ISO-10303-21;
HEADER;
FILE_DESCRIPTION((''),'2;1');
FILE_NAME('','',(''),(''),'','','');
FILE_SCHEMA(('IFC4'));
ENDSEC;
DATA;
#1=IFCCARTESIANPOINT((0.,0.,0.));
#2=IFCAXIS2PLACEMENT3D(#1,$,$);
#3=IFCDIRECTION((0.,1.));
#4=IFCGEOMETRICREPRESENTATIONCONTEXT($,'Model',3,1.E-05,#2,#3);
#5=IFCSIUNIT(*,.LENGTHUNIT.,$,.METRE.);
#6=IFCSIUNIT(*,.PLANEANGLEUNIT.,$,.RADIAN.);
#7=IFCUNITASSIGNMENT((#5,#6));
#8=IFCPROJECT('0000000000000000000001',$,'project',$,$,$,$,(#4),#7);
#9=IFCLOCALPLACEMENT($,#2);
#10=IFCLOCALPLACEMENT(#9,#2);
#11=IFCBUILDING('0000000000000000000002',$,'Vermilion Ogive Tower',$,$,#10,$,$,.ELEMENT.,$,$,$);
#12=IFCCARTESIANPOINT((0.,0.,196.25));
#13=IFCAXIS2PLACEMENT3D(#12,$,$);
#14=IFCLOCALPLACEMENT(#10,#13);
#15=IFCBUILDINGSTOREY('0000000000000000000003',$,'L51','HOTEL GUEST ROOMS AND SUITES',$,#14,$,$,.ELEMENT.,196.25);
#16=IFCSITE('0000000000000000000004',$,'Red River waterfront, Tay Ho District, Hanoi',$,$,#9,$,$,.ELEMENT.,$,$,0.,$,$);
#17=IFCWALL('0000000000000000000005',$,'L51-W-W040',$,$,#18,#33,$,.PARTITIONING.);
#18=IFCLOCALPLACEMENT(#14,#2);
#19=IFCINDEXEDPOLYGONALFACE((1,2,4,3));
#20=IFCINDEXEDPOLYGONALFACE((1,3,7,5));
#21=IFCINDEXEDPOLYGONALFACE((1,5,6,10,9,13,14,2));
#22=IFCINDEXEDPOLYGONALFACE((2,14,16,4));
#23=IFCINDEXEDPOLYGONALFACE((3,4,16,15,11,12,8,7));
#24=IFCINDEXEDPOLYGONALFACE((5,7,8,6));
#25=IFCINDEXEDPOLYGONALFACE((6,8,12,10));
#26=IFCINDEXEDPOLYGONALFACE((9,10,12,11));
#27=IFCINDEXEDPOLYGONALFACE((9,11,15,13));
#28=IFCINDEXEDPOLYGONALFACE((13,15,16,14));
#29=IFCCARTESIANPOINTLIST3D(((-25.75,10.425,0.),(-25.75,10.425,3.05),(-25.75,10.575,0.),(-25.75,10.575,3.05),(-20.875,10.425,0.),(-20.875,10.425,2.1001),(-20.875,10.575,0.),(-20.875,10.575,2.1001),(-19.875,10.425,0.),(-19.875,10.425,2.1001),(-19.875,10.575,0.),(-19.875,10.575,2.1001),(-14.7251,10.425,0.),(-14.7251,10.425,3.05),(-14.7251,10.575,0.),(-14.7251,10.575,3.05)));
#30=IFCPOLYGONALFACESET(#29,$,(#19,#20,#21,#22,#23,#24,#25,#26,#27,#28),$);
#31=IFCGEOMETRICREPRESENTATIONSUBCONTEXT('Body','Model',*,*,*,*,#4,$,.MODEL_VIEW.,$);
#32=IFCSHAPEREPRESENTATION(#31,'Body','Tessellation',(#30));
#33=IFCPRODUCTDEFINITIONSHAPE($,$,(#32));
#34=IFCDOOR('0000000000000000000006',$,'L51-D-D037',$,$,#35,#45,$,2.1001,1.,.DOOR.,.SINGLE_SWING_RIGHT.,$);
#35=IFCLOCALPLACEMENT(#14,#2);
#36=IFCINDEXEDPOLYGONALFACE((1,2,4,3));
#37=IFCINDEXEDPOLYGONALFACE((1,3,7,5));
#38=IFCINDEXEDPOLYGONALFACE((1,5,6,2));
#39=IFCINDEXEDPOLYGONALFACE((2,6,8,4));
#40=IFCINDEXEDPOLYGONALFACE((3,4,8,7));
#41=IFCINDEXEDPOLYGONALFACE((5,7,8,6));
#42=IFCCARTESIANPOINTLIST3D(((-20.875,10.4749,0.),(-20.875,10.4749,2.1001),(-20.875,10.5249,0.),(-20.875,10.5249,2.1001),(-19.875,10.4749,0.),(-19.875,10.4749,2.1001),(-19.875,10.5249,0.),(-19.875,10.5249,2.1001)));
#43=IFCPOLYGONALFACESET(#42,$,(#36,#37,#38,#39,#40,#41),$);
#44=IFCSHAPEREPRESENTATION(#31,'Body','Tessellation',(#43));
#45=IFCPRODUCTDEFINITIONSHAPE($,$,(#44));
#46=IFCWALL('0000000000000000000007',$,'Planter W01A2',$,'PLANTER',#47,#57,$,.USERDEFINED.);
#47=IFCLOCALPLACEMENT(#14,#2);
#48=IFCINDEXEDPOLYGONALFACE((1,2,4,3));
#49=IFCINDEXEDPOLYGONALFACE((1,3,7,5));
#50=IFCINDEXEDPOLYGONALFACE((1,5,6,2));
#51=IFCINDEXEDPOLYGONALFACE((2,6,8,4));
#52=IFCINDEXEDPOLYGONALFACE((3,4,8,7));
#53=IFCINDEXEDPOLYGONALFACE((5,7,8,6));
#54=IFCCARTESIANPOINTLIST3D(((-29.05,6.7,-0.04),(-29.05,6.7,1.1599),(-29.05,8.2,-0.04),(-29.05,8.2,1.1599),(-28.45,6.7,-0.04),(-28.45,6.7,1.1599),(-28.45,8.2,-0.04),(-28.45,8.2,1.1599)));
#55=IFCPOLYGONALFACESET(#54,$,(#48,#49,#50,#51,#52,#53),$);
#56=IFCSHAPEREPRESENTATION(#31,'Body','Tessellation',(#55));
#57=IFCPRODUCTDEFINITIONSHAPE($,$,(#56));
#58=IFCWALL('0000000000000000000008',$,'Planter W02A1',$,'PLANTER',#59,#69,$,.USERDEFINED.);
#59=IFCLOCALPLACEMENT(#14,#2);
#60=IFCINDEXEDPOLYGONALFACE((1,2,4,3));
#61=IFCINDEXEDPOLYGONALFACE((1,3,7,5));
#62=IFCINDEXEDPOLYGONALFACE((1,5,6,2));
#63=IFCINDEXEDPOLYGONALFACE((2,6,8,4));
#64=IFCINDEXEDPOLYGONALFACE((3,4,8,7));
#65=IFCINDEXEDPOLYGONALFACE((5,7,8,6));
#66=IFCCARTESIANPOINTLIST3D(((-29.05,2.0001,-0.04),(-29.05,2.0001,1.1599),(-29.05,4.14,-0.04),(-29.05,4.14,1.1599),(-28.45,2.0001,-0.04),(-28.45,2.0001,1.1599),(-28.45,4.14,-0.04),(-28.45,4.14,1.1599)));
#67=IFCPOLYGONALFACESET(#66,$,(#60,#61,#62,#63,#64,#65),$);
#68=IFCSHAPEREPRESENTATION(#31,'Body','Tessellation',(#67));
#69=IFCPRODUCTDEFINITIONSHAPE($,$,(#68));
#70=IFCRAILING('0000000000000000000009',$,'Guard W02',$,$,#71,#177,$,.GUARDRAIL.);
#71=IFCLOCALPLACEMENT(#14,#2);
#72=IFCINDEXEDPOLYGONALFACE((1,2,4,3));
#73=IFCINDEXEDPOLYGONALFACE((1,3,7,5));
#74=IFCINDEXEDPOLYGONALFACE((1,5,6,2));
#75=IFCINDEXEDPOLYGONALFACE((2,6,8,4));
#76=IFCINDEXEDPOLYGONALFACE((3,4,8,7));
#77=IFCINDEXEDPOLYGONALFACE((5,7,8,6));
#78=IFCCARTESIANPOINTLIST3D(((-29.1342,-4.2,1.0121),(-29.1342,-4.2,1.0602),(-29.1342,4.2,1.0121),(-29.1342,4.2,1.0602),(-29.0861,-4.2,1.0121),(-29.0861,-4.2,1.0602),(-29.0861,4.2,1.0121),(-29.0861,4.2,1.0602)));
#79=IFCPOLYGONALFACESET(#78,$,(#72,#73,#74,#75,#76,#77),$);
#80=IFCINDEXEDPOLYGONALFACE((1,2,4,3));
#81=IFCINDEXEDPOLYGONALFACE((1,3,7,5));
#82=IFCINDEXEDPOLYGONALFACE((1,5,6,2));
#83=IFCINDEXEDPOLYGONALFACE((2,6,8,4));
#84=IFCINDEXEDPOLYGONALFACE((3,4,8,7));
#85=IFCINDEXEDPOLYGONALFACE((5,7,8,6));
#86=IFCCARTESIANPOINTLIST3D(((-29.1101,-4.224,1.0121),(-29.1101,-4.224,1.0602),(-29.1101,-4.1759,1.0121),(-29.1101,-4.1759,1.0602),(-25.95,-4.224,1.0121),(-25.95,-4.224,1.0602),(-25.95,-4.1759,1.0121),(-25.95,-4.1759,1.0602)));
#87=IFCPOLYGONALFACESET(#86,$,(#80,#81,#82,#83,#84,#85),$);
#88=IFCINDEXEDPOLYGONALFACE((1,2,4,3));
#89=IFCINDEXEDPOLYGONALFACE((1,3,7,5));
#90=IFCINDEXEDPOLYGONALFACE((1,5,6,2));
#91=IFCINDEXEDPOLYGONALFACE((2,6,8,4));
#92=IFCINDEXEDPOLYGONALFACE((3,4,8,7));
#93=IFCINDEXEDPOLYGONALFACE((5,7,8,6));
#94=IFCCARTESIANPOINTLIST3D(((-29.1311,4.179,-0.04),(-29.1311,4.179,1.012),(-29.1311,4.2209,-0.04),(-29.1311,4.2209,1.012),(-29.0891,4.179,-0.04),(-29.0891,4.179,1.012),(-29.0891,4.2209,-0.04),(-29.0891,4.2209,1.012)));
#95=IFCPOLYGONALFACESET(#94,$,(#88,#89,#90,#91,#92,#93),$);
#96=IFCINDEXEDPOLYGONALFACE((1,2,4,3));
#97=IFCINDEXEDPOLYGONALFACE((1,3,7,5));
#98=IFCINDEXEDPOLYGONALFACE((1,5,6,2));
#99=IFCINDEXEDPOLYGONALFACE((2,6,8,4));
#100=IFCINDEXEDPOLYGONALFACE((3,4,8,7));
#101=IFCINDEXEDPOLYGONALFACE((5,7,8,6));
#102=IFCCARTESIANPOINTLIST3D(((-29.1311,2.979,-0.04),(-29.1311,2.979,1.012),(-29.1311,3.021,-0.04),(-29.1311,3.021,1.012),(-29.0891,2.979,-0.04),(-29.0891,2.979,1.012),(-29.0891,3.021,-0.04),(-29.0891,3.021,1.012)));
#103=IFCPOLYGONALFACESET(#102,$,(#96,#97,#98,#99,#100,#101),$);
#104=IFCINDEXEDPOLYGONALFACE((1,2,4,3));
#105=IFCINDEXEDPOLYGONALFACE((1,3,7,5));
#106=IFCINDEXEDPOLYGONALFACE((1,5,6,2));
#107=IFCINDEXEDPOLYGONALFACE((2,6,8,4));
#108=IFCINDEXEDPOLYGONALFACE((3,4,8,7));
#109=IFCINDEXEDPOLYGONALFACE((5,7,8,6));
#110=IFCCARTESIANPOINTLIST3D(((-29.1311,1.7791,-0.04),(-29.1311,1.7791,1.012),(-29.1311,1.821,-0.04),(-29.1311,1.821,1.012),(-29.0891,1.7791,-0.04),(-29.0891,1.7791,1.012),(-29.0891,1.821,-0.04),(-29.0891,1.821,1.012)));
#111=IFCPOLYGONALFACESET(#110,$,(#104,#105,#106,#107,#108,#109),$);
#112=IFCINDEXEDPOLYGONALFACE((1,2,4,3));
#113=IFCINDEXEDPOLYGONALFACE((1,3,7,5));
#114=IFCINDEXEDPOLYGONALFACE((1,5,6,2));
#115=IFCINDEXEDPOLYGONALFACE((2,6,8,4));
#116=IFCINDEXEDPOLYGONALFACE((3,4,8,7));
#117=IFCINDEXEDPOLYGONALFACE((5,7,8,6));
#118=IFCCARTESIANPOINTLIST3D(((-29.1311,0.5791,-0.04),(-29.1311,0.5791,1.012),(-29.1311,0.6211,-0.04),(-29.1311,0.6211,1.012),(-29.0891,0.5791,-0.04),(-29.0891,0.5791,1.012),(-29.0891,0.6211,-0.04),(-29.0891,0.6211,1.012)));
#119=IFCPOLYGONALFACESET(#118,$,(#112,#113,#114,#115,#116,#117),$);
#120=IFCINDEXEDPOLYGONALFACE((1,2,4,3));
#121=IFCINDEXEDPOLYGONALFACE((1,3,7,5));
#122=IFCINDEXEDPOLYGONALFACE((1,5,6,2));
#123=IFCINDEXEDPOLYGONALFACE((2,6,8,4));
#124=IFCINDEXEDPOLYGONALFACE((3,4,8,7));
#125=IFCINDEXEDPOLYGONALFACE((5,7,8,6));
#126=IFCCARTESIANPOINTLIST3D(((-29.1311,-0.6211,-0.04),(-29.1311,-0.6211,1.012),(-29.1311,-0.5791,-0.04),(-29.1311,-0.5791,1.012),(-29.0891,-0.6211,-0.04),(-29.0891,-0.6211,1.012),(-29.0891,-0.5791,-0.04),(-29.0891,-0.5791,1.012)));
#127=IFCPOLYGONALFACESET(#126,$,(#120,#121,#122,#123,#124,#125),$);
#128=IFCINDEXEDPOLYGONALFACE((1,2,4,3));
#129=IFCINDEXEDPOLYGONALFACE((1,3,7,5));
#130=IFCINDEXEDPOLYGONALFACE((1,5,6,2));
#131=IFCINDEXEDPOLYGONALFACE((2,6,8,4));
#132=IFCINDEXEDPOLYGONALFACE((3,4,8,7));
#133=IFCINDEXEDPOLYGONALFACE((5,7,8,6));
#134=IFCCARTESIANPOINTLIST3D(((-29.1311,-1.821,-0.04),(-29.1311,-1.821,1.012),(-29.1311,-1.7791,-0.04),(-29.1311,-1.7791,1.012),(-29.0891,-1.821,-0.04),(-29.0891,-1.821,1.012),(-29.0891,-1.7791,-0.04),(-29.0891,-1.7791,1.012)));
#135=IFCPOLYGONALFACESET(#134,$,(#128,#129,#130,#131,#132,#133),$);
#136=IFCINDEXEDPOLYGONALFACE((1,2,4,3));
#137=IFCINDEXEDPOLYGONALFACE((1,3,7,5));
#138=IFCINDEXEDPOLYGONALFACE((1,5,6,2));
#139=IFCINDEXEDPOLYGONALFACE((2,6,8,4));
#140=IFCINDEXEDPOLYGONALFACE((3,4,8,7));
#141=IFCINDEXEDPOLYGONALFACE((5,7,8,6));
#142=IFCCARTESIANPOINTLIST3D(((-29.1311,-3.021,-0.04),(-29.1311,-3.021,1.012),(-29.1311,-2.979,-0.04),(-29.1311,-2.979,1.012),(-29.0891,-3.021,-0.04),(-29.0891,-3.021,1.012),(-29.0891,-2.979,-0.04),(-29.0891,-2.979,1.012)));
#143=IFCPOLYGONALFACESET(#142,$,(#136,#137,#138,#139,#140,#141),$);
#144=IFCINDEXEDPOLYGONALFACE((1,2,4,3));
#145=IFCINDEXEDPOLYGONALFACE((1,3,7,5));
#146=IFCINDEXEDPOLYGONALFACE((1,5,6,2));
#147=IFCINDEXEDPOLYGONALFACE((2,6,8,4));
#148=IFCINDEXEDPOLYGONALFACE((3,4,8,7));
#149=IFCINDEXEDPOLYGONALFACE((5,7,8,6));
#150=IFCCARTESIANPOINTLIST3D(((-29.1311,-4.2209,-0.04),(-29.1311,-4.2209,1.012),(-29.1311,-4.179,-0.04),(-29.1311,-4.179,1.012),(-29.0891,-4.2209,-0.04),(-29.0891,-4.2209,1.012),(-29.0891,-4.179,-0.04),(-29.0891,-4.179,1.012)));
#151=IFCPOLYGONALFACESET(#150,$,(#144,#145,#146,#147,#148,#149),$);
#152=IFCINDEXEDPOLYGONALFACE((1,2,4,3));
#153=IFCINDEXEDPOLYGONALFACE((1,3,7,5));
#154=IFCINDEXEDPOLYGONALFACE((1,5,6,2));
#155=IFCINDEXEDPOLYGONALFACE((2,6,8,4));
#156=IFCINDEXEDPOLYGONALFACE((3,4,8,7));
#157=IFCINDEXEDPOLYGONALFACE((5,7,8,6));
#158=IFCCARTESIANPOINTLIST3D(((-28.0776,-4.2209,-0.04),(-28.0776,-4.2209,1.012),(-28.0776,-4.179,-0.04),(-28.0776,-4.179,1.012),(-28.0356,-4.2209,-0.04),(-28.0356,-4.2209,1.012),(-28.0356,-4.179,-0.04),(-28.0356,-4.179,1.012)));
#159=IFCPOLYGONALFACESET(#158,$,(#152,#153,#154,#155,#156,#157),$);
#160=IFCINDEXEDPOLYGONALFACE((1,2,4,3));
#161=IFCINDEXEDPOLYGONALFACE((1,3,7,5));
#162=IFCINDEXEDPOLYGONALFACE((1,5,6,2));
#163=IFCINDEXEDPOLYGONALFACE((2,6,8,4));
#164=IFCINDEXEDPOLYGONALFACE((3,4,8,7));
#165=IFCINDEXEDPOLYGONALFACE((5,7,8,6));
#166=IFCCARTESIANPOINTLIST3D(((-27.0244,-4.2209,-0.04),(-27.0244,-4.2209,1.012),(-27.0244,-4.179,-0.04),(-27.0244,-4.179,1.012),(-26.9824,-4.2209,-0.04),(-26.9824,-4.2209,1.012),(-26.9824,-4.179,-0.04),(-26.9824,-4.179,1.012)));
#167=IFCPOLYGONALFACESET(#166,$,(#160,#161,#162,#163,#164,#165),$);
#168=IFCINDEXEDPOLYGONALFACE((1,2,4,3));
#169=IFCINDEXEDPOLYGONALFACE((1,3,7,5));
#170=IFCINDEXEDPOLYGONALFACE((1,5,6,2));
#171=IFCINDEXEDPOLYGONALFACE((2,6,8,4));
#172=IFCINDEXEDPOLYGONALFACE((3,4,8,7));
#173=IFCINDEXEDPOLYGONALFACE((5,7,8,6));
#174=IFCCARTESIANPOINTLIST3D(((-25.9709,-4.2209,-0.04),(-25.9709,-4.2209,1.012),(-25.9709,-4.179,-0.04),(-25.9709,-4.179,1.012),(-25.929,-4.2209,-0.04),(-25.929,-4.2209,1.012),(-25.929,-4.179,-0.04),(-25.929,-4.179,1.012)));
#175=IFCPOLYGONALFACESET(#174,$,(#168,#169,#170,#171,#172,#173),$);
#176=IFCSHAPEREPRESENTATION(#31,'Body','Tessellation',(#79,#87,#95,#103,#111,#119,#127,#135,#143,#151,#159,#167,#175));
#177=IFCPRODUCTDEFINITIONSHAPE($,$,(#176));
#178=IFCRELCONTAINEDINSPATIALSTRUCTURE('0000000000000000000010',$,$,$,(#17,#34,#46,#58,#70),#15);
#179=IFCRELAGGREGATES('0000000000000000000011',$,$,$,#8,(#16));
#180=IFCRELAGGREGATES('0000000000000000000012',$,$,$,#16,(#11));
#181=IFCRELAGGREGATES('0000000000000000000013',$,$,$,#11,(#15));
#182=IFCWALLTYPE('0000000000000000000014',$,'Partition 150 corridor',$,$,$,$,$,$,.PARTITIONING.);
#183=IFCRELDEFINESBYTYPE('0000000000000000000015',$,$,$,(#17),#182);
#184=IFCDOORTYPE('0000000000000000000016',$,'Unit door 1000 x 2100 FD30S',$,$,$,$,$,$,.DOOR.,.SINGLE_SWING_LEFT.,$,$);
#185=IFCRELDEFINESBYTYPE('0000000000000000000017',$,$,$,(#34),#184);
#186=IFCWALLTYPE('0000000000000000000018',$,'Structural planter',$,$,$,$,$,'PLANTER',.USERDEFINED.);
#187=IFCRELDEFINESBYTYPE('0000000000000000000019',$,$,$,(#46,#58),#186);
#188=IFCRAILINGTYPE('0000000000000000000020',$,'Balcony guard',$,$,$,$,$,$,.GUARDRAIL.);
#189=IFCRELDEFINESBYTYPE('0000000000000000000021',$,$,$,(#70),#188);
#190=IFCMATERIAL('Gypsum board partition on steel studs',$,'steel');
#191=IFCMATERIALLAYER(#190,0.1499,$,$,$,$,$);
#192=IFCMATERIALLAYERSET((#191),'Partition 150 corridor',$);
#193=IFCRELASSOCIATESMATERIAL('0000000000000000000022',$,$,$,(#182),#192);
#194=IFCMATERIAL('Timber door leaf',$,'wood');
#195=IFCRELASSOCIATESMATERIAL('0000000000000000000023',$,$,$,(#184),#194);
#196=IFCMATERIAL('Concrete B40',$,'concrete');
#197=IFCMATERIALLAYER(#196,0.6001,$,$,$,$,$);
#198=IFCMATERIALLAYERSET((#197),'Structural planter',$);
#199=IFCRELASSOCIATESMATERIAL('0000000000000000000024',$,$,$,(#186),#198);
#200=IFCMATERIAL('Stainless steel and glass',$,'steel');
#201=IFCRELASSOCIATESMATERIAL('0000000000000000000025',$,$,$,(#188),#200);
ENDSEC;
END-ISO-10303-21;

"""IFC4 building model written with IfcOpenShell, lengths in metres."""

from ifc_helpers import new_model, si_unit, direction, frame, frame_2d, origin, origin_2d, place, context, subcontext, project, spatial, rectangle, extrude, material, layer, layer_set, type_object, element, fill, save


model = new_model("IFC4")

# Units and contexts
model_context = context("Model", 3, precision=1e-05, world=origin(), true_north=direction((0.0, 1.0)))
body_context = subcontext(model_context, "Body", "Model", "MODEL_VIEW")
ifc_project = project(units=[si_unit("LENGTHUNIT", "METRE"), si_unit("PLANEANGLEUNIT", "RADIAN")], contexts=[model_context])

# Site, building, storey
site_placement = place(None, origin())
site = spatial("IfcSite", under=ifc_project, at=site_placement, Name="Red River waterfront, Tay Ho District, Hanoi", CompositionType="ELEMENT", RefElevation=0.0)
building_placement = place(site_placement, origin())
building = spatial("IfcBuilding", under=site, at=building_placement, Name="Vermilion Ogive Tower", CompositionType="ELEMENT")
storey_placement = place(building_placement, frame((0.0, 0.0, 196.25)))
storey = spatial("IfcBuildingStorey", under=building, at=storey_placement, Name="L51", Description="HOTEL GUEST ROOMS AND SUITES", CompositionType="ELEMENT", Elevation=196.25)

# Wall, opening, door
ifc_material_1 = material(Name="Gypsum board partition on steel studs", Category="steel")
ifc_layer_1 = layer(ifc_material_1, 0.1499)
ifc_layer_set_1 = layer_set([ifc_layer_1], Name="Partition 150 corridor")
wall_type_1 = type_object("IfcWallType", Name="Partition 150 corridor", PredefinedType="PARTITIONING", material=ifc_layer_set_1)
ifc_material_2 = material(Name="Timber door leaf", Category="wood")
door_type_1 = type_object("IfcDoorType", Name="Unit door 1000 x 2100 FD30S", OperationType="SINGLE_SWING_LEFT", PredefinedType="DOOR", material=ifc_material_2)
wall_1_placement = place(storey_placement, frame((-25.75, 10.5, 0.0), z_axis=(0.0, 0.0, 1.0), x_axis=(1.0, 0.0, 0.0)))
wall_1 = element("IfcWall", 1, at=wall_1_placement, inside=storey, type_object=wall_type_1, Name="L51-W-W040", PredefinedType="PARTITIONING", context=body_context, shape_type="SweptSolid", body=[
    extrude(rectangle(XDim=11.0249, YDim=0.1499, at=frame_2d((5.5125, 0.0))), origin(), (0.0, 0.0, 1.0), 3.05),
])
opening_1_placement = place(wall_1_placement, frame((4.875, 0.0, 0.0)))
opening_1 = element("IfcOpeningElement", 2, at=opening_1_placement, cuts=wall_1, PredefinedType="OPENING", context=body_context, shape_type="SweptSolid", body=[
    extrude(rectangle(XDim=1.0, YDim=2.1001, at=frame_2d((0.5, 1.05))), frame((0.0, 0.085, 0.0), z_axis=(0.0, -1.0, 0.0), x_axis=(1.0, 0.0, 0.0)), (0.0, 0.0, 1.0), 0.1699),
])
door_1_placement = place(opening_1_placement, origin())
door_1 = element("IfcDoor", 3, at=door_1_placement, inside=storey, type_object=door_type_1, Name="L51-D-D037", OperationType="SINGLE_SWING_RIGHT", OverallHeight=2.1001, OverallWidth=1.0, PredefinedType="DOOR", context=body_context, shape_type="SweptSolid", body=[
    extrude(rectangle(XDim=1.0, YDim=2.1001, at=frame_2d((0.5, 1.05))), frame((0.0, 0.0249, 0.0), z_axis=(0.0, -1.0, 0.0), x_axis=(1.0, 0.0, 0.0)), (0.0, 0.0, 1.0), 0.05),
])
fill(opening_1, door_1)

# Walls
ifc_material_3 = material(Name="Concrete B40", Category="concrete")
ifc_layer_2 = layer(ifc_material_3, 0.6001)
ifc_layer_set_2 = layer_set([ifc_layer_2], Name="Structural planter")
wall_type_2 = type_object("IfcWallType", Name="Structural planter", ElementType="PLANTER", PredefinedType="USERDEFINED", material=ifc_layer_set_2)
wall_2_placement = place(storey_placement, frame((-28.75, 8.2, -0.04), z_axis=(0.0, 0.0, 1.0), x_axis=(0.0, -1.0, 0.0)))
element("IfcWall", 4, at=wall_2_placement, inside=storey, type_object=wall_type_2, Name="Planter W01A2", ObjectType="PLANTER", PredefinedType="USERDEFINED", context=body_context, shape_type="SweptSolid", body=[
    extrude(rectangle(XDim=1.5, YDim=0.6001, at=frame_2d((0.75, 0.0))), origin(), (0.0, 0.0, 1.0), 1.2),
])
wall_3_placement = place(storey_placement, frame((-28.75, 4.1399, -0.04), z_axis=(0.0, 0.0, 1.0), x_axis=(0.0, -1.0, 0.0)))
element("IfcWall", 5, at=wall_3_placement, inside=storey, type_object=wall_type_2, Name="Planter W02A1", ObjectType="PLANTER", PredefinedType="USERDEFINED", context=body_context, shape_type="SweptSolid", body=[
    extrude(rectangle(XDim=2.1399, YDim=0.6001, at=frame_2d((1.0698, 0.0))), origin(), (0.0, 0.0, 1.0), 1.2),
])

# Railing
ifc_material_4 = material(Name="Stainless steel and glass", Category="steel")
railing_type = type_object("IfcRailingType", Name="Balcony guard", PredefinedType="GUARDRAIL", material=ifc_material_4)
railing_placement = place(storey_placement, frame((-29.1101, 4.2, -0.04)))
element("IfcRailing", 6, at=railing_placement, inside=storey, type_object=railing_type, Name="Guard W02", PredefinedType="GUARDRAIL", context=body_context, shape_type="SweptSolid", body=[
    extrude(rectangle(XDim=0.0481, YDim=0.0481, at=origin_2d()), frame((0.0, 0.0, 1.0762), z_axis=(0.0, -1.0, 0.0), x_axis=(1.0, 0.0, 0.0)), (0.0, 0.0, 1.0), 8.3999),
    extrude(rectangle(XDim=0.0481, YDim=0.0481, at=origin_2d()), frame((0.0, -8.3999, 1.0762), z_axis=(1.0, 0.0, 0.0), x_axis=(0.0, 1.0, 0.0)), (0.0, 0.0, 1.0), 3.1602),
    extrude(rectangle(XDim=0.042, YDim=0.042, at=origin_2d()), origin(), (0.0, 0.0, 1.0), 1.052),
    extrude(rectangle(XDim=0.042, YDim=0.042, at=origin_2d()), frame((0.0, -1.2, 0.0)), (0.0, 0.0, 1.0), 1.052),
    extrude(rectangle(XDim=0.042, YDim=0.042, at=origin_2d()), frame((0.0, -2.3999, 0.0)), (0.0, 0.0, 1.0), 1.052),
    extrude(rectangle(XDim=0.042, YDim=0.042, at=origin_2d()), frame((0.0, -3.5999, 0.0)), (0.0, 0.0, 1.0), 1.052),
    extrude(rectangle(XDim=0.042, YDim=0.042, at=origin_2d()), frame((0.0, -4.8, 0.0)), (0.0, 0.0, 1.0), 1.052),
    extrude(rectangle(XDim=0.042, YDim=0.042, at=origin_2d()), frame((0.0, -6.0, 0.0)), (0.0, 0.0, 1.0), 1.052),
    extrude(rectangle(XDim=0.042, YDim=0.042, at=origin_2d()), frame((0.0, -7.2, 0.0)), (0.0, 0.0, 1.0), 1.052),
    extrude(rectangle(XDim=0.042, YDim=0.042, at=origin_2d()), frame((0.0, -8.3999, 0.0)), (0.0, 0.0, 1.0), 1.052),
    extrude(rectangle(XDim=0.042, YDim=0.042, at=origin_2d()), frame((1.0535, -8.3999, 0.0)), (0.0, 0.0, 1.0), 1.052),
    extrude(rectangle(XDim=0.042, YDim=0.042, at=origin_2d()), frame((2.1067, -8.3999, 0.0)), (0.0, 0.0, 1.0), 1.052),
    extrude(rectangle(XDim=0.042, YDim=0.042, at=origin_2d()), frame((3.1602, -8.3999, 0.0)), (0.0, 0.0, 1.0), 1.052),
])

save(model, "model.ifc")
